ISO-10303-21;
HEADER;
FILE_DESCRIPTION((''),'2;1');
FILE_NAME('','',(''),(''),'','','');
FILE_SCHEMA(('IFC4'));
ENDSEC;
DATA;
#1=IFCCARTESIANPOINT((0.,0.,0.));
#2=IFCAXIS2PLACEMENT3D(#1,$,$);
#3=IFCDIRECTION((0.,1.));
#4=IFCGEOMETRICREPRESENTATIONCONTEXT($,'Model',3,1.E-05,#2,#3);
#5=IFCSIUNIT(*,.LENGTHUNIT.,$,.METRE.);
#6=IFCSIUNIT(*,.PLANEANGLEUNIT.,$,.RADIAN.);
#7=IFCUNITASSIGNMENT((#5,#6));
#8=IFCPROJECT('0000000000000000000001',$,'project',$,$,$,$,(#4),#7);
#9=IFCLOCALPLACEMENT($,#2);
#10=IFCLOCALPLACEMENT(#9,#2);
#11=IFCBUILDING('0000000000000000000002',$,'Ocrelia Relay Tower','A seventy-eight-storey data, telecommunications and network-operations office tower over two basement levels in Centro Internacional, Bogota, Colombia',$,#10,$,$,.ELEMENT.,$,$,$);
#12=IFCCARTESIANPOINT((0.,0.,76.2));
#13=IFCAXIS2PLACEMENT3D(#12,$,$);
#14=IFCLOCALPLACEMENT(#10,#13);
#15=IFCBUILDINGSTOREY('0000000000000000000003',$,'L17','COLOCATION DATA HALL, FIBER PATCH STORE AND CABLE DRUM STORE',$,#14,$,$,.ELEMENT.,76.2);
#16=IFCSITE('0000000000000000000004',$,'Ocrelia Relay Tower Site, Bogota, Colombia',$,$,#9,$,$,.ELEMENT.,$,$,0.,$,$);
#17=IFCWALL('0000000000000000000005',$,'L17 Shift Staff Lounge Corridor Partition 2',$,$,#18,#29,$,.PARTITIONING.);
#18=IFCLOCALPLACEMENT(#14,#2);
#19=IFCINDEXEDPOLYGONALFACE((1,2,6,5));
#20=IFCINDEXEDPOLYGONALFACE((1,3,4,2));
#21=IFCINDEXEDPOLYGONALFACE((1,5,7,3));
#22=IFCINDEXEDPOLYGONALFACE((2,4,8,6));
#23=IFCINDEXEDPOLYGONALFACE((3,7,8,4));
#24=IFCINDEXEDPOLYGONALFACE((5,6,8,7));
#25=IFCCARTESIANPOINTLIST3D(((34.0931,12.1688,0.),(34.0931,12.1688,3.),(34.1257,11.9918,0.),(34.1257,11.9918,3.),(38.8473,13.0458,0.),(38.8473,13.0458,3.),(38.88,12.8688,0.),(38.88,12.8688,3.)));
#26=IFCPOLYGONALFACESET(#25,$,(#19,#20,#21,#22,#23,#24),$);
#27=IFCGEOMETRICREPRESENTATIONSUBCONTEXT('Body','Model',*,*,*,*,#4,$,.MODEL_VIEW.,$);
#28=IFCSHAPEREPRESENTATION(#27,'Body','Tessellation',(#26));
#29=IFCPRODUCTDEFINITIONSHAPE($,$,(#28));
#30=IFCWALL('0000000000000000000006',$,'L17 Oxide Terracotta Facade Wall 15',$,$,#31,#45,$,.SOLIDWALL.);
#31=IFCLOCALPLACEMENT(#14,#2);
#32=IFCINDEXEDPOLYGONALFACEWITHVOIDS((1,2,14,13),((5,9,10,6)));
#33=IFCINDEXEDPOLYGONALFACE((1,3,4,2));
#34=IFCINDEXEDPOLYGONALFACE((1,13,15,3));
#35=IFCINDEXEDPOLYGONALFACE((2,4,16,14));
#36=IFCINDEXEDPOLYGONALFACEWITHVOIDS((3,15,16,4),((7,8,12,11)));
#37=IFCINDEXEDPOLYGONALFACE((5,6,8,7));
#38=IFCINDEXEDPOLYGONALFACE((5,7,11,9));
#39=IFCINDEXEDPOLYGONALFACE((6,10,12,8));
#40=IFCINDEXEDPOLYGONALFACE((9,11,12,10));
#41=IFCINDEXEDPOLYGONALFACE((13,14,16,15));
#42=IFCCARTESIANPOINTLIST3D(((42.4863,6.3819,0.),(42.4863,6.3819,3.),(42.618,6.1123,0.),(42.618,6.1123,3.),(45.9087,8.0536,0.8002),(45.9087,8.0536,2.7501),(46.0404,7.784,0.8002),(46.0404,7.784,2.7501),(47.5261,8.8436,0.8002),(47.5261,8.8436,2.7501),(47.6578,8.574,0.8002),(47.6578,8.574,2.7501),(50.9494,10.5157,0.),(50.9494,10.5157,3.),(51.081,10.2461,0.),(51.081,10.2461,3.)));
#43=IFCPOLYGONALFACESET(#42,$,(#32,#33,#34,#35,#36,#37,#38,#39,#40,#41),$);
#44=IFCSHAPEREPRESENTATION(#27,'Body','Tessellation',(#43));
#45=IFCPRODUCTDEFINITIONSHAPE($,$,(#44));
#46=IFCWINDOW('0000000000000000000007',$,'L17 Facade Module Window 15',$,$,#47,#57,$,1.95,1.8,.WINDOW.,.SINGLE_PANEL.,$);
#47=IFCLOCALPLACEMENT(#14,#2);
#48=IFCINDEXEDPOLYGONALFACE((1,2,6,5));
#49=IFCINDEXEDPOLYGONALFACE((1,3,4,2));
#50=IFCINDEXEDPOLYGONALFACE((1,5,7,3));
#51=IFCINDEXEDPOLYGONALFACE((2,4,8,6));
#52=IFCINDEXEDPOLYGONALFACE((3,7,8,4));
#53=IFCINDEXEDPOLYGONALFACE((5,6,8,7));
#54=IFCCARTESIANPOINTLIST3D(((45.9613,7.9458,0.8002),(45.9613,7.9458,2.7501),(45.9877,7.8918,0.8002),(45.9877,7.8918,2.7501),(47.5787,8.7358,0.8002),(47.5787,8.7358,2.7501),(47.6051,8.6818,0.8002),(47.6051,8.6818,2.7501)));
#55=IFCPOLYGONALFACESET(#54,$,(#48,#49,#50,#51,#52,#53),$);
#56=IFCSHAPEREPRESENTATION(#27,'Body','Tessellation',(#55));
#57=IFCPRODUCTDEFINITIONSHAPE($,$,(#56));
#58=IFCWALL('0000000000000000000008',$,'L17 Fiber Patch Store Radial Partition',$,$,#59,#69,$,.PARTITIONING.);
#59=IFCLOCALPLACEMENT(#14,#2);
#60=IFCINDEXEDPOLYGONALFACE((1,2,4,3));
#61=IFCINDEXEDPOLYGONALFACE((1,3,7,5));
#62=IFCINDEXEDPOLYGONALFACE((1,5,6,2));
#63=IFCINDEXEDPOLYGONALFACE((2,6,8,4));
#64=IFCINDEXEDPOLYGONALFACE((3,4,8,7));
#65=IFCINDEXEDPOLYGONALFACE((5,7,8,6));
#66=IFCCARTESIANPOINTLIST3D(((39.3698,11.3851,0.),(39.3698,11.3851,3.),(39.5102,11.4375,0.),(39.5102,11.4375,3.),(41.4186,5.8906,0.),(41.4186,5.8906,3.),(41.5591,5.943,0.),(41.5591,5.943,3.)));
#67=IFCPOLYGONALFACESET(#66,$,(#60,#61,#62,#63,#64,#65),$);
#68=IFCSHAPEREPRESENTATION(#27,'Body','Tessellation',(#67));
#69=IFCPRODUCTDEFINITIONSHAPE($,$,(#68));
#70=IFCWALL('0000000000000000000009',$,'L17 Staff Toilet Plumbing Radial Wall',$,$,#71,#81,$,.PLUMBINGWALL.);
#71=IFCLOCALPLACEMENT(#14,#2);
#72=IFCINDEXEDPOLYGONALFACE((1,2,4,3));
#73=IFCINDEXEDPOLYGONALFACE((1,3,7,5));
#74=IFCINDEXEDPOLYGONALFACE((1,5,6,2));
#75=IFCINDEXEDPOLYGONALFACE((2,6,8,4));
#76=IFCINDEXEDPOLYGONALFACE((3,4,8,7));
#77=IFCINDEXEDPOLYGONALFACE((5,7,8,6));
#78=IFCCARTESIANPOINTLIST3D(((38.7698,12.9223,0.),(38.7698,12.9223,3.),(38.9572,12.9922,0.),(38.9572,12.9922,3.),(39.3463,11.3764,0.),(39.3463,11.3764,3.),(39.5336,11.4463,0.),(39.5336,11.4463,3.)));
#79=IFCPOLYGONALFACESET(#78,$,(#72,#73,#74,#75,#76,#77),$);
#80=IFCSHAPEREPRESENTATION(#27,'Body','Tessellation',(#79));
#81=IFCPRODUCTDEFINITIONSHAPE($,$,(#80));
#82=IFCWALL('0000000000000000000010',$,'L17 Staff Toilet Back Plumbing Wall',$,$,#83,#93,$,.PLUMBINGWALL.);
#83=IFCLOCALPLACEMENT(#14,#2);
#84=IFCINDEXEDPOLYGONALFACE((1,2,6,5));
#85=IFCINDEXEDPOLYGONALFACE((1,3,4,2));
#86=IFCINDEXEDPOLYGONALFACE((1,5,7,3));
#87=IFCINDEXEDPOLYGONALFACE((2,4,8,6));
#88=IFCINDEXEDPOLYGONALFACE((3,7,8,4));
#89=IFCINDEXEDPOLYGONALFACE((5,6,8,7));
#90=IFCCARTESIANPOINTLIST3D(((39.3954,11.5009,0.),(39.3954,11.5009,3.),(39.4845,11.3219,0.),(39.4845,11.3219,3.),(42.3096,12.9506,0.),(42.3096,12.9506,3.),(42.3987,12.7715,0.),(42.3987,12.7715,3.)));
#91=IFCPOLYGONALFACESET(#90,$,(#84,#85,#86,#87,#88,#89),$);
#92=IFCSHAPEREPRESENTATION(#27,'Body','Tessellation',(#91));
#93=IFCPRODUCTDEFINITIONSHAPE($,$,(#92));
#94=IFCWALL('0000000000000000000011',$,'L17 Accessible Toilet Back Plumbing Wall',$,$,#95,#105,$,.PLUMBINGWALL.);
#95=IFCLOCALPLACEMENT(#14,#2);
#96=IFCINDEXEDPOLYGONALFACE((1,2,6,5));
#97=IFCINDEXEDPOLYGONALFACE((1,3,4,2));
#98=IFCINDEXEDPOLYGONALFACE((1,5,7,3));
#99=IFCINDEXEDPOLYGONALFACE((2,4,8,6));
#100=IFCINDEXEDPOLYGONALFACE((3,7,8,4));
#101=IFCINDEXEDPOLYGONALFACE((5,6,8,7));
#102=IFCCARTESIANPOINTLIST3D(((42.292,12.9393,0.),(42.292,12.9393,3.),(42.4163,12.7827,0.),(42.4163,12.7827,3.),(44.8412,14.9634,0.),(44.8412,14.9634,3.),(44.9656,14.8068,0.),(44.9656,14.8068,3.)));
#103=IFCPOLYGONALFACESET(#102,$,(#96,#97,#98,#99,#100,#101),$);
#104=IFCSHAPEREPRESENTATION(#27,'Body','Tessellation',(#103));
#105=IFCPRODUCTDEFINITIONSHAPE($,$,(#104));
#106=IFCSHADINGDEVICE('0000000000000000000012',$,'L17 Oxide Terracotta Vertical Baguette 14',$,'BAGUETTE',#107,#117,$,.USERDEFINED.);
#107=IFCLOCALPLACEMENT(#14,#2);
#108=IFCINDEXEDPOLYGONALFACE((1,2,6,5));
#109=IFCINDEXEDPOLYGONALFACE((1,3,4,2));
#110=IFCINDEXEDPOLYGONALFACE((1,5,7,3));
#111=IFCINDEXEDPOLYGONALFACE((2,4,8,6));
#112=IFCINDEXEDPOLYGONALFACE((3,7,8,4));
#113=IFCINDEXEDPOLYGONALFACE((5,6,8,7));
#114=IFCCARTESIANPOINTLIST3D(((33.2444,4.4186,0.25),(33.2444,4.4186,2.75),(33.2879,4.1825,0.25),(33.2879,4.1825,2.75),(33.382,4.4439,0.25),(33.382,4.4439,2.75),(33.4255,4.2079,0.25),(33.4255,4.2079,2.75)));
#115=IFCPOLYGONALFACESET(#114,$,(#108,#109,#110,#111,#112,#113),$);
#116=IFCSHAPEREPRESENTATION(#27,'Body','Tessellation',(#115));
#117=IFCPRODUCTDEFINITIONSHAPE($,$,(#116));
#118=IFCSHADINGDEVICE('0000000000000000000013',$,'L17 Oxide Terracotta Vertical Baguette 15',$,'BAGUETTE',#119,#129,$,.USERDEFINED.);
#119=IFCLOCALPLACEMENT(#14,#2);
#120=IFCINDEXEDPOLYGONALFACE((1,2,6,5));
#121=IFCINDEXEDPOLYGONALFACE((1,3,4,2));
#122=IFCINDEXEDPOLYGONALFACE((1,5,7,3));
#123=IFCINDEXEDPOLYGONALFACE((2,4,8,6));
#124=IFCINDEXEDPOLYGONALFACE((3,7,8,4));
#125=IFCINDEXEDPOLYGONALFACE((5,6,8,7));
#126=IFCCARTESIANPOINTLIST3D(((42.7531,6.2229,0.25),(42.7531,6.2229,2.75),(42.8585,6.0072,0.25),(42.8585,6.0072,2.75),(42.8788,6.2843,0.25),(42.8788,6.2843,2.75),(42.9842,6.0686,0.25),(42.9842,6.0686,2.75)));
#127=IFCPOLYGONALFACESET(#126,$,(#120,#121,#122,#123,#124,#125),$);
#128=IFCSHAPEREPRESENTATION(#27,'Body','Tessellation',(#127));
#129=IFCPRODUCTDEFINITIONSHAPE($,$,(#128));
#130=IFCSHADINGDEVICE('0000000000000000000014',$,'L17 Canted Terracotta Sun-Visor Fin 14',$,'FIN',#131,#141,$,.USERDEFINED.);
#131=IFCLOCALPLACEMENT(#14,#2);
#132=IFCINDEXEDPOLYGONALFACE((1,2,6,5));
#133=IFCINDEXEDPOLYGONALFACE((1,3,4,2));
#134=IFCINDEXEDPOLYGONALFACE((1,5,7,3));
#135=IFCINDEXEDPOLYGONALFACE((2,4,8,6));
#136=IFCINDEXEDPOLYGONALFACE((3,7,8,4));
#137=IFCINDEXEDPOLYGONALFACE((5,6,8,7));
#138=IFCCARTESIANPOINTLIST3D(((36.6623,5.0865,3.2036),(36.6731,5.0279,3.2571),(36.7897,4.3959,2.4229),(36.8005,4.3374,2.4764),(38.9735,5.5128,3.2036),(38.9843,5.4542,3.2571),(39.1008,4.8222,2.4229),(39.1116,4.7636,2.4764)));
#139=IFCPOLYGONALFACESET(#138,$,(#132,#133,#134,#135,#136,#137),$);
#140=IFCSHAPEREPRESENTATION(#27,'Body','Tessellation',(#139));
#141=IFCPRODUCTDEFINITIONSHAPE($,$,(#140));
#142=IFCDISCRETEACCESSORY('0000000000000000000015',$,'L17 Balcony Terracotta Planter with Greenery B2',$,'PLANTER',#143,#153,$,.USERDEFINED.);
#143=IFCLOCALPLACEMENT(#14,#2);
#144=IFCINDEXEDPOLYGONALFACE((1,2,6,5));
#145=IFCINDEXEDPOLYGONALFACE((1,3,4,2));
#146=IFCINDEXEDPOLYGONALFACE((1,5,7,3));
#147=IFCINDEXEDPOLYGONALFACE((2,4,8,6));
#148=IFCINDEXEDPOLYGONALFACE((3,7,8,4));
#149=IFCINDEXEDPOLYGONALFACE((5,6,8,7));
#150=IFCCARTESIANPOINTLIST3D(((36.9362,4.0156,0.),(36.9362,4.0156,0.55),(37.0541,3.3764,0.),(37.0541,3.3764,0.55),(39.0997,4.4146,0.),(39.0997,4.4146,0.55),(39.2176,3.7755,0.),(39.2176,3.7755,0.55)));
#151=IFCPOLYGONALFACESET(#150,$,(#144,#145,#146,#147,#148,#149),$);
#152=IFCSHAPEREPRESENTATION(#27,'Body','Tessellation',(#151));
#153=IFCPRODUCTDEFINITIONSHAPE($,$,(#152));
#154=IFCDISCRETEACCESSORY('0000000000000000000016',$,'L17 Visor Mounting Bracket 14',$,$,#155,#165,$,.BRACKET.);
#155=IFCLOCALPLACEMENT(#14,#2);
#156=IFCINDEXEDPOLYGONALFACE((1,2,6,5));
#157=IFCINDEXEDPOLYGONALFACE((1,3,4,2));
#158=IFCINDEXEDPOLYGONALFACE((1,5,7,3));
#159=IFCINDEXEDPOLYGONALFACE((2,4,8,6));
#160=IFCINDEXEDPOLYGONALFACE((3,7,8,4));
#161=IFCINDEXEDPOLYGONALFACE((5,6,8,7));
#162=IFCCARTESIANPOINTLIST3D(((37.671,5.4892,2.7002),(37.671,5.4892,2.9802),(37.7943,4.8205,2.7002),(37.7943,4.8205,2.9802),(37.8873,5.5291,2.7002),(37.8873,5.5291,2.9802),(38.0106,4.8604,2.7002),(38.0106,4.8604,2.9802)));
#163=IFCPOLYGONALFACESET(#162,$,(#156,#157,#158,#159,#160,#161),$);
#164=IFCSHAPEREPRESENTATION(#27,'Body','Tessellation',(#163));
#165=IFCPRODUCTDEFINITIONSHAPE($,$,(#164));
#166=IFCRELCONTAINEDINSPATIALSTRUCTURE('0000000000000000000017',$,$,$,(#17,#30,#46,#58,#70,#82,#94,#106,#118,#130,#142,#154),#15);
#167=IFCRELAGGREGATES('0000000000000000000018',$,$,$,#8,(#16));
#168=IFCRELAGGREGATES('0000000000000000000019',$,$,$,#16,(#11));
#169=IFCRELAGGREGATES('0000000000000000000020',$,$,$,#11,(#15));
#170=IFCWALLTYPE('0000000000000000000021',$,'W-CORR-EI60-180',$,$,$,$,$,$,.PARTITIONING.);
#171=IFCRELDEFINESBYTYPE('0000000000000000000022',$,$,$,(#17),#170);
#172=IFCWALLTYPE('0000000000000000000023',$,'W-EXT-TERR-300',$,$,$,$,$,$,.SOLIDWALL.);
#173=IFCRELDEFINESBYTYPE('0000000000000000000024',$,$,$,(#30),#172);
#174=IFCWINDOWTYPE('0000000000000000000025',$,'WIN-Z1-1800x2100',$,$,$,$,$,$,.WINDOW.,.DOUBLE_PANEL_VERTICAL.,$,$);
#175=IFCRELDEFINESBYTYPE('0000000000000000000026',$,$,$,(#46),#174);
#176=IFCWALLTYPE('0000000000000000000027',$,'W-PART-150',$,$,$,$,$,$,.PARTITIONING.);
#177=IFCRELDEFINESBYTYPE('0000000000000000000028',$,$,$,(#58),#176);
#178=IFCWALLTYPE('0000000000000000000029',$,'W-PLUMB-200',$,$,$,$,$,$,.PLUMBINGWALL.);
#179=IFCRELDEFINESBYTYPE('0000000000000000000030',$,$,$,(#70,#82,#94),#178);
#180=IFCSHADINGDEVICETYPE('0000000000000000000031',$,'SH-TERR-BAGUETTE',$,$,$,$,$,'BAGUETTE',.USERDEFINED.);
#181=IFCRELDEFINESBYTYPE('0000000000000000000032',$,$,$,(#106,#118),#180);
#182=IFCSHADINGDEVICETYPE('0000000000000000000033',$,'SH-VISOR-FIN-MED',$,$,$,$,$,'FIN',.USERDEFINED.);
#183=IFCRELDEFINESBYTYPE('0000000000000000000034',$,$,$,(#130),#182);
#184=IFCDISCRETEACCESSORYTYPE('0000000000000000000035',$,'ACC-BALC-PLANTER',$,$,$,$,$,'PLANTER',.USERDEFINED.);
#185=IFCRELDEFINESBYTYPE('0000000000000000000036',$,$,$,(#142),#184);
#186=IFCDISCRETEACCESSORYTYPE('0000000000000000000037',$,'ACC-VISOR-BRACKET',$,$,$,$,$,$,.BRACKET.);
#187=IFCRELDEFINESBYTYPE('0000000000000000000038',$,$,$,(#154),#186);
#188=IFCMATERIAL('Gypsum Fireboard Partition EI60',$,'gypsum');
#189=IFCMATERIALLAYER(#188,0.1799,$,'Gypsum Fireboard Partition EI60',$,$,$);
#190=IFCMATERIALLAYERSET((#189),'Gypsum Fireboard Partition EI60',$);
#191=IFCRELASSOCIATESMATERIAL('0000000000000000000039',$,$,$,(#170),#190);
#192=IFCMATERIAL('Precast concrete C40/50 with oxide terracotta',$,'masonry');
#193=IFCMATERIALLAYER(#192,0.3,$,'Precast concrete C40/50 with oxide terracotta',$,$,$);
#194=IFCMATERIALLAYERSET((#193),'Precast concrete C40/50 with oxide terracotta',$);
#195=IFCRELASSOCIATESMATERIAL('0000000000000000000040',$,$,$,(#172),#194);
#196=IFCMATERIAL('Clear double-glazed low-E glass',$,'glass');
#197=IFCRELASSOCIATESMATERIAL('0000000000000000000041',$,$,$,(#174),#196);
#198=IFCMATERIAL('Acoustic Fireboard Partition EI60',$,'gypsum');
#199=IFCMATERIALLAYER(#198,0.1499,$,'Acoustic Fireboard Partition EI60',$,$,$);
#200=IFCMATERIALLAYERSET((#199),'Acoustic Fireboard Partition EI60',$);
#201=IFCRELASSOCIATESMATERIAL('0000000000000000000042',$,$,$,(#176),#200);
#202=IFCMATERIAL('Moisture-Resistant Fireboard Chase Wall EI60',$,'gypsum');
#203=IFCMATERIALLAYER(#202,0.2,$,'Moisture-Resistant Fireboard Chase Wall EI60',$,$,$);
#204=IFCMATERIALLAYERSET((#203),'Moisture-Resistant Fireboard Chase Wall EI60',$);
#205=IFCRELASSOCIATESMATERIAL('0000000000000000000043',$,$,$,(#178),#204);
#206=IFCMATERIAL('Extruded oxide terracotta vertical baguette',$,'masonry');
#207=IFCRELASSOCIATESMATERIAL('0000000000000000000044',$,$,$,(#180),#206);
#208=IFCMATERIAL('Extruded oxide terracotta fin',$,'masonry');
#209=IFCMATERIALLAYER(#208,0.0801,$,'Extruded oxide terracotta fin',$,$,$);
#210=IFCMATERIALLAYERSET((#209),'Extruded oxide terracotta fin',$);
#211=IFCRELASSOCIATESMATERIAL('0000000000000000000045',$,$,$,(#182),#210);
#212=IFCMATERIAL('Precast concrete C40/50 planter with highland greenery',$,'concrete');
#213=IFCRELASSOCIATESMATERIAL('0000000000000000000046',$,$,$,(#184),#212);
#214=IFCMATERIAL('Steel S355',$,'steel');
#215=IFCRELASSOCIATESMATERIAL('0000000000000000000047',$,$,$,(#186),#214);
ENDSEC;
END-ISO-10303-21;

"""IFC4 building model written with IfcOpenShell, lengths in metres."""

from ifc_helpers import new_model, si_unit, direction, frame, frame_2d, origin, origin_2d, place, context, subcontext, project, spatial, rectangle, extrude, material, layer, layer_set, type_object, element, fill, save


model = new_model("IFC4")

# Units and contexts
model_context = context("Model", 3, precision=1e-05, world=origin(), true_north=direction((0.0, 1.0)))
body_context = subcontext(model_context, "Body", "Model", "MODEL_VIEW")
ifc_project = project(units=[si_unit("LENGTHUNIT", "METRE"), si_unit("PLANEANGLEUNIT", "RADIAN")], contexts=[model_context])

# Site, building, storey
site_placement = place(None, origin())
site = spatial("IfcSite", under=ifc_project, at=site_placement, Name="Ocrelia Relay Tower Site, Bogota, Colombia", CompositionType="ELEMENT", RefElevation=0.0)
building_placement = place(site_placement, origin())
building = spatial("IfcBuilding", under=site, at=building_placement, Name="Ocrelia Relay Tower", Description="A seventy-eight-storey data, telecommunications and network-operations office tower over two basement levels in Centro Internacional, Bogota, Colombia", CompositionType="ELEMENT")
storey_placement = place(building_placement, frame((0.0, 0.0, 76.2)))
storey = spatial("IfcBuildingStorey", under=building, at=storey_placement, Name="L17", Description="COLOCATION DATA HALL, FIBER PATCH STORE AND CABLE DRUM STORE", CompositionType="ELEMENT", Elevation=76.2)

# Shared definitions
ifc_material_1 = material(Name="Steel S355", Category="steel")

# Shared definitions
ifc_material_2 = material(Name="Gypsum Fireboard Partition EI60", Category="gypsum")
ifc_layer_1 = layer(ifc_material_2, 0.1799, Name="Gypsum Fireboard Partition EI60")
ifc_layer_set_1 = layer_set([ifc_layer_1], Name="Gypsum Fireboard Partition EI60")
wall_type_1 = type_object("IfcWallType", Name="W-CORR-EI60-180", PredefinedType="PARTITIONING", material=ifc_layer_set_1)

# Wall
wall_1_placement = place(storey_placement, frame((34.1094, 12.0803, 0.0), z_axis=(0.0, 0.0, 1.0), x_axis=(0.983409, 0.1814, 0.0)))
element("IfcWall", 1, at=wall_1_placement, inside=storey, type_object=wall_type_1, Name="L17 Shift Staff Lounge Corridor Partition 2", PredefinedType="PARTITIONING", context=body_context, shape_type="SweptSolid", body=[
    extrude(rectangle(XDim=4.8345, YDim=0.1799, at=frame_2d((2.4172, 0.0))), origin(), (0.0, 0.0, 1.0), 3.0),
])

# Shared definitions
ifc_material_3 = material(Name="Precast concrete C40/50 with oxide terracotta", Category="masonry")
ifc_layer_2 = layer(ifc_material_3, 0.3, Name="Precast concrete C40/50 with oxide terracotta")
ifc_layer_set_2 = layer_set([ifc_layer_2], Name="Precast concrete C40/50 with oxide terracotta")
wall_type_2 = type_object("IfcWallType", Name="W-EXT-TERR-300", PredefinedType="SOLIDWALL", material=ifc_layer_set_2)

# Wall, opening, window
wall_2_placement = place(storey_placement, frame((42.552, 6.2471, 0.0), z_axis=(0.0, 0.0, 1.0), x_axis=(0.898541, 0.438889, 0.0)))
wall_2 = element("IfcWall", 2, at=wall_2_placement, inside=storey, type_object=wall_type_2, Name="L17 Oxide Terracotta Facade Wall 15", PredefinedType="SOLIDWALL", context=body_context, shape_type="SweptSolid", body=[
    extrude(rectangle(XDim=9.4187, YDim=0.3, at=frame_2d((4.7095, 0.0))), origin(), (0.0, 0.0, 1.0), 3.0),
])
opening_1_placement = place(wall_2_placement, frame((3.8091, 0.0, 0.8)))
opening_1 = element("IfcOpeningElement", 3, at=opening_1_placement, cuts=wall_2, PredefinedType="OPENING", context=body_context, shape_type="SweptSolid", body=[
    extrude(rectangle(XDim=1.8, YDim=1.95, at=frame_2d((0.8999, 0.9751))), frame((0.0, 0.1602, 0.0), z_axis=(0.0, -1.0, 0.0), x_axis=(1.0, 0.0, 0.0)), (0.0, 0.0, 1.0), 0.3201),
])
ifc_material_4 = material(Name="Clear double-glazed low-E glass", Category="glass")
window_type = type_object("IfcWindowType", Name="WIN-Z1-1800x2100", PartitioningType="DOUBLE_PANEL_VERTICAL", PredefinedType="WINDOW", material=ifc_material_4)
window_placement = place(opening_1_placement, origin())
window = element("IfcWindow", 4, at=window_placement, inside=storey, type_object=window_type, Name="L17 Facade Module Window 15", OverallHeight=1.95, OverallWidth=1.8, PartitioningType="SINGLE_PANEL", PredefinedType="WINDOW", context=body_context, shape_type="SweptSolid", body=[
    extrude(rectangle(XDim=1.8, YDim=1.95, at=frame_2d((0.8999, 0.9751))), frame((0.0, 0.03, 0.0), z_axis=(0.0, -1.0, 0.0), x_axis=(1.0, 0.0, 0.0)), (0.0, 0.0, 1.0), 0.0601),
])
fill(opening_1, window)

# Walls
ifc_material_5 = material(Name="Acoustic Fireboard Partition EI60", Category="gypsum")
ifc_layer_3 = layer(ifc_material_5, 0.1499, Name="Acoustic Fireboard Partition EI60")
ifc_layer_set_3 = layer_set([ifc_layer_3], Name="Acoustic Fireboard Partition EI60")
wall_type_3 = type_object("IfcWallType", Name="W-PART-150", PredefinedType="PARTITIONING", material=ifc_layer_set_3)
wall_3_placement = place(storey_placement, frame((39.4399, 11.4114, 0.0), z_axis=(0.0, 0.0, 1.0), x_axis=(0.349394, -0.936976, 0.0)))
element("IfcWall", 5, at=wall_3_placement, inside=storey, type_object=wall_type_3, Name="L17 Fiber Patch Store Radial Partition", PredefinedType="PARTITIONING", context=body_context, shape_type="SweptSolid", body=[
    extrude(rectangle(XDim=5.864, YDim=0.1499, at=frame_2d((2.9321, 0.0))), origin(), (0.0, 0.0, 1.0), 3.0),
])
ifc_material_6 = material(Name="Moisture-Resistant Fireboard Chase Wall EI60", Category="gypsum")
ifc_layer_4 = layer(ifc_material_6, 0.2, Name="Moisture-Resistant Fireboard Chase Wall EI60")
ifc_layer_set_4 = layer_set([ifc_layer_4], Name="Moisture-Resistant Fireboard Chase Wall EI60")
wall_type_4 = type_object("IfcWallType", Name="W-PLUMB-200", PredefinedType="PLUMBINGWALL", material=ifc_layer_set_4)
wall_4_placement = place(storey_placement, frame((38.8635, 12.9573, 0.0), z_axis=(0.0, 0.0, 1.0), x_axis=(0.349371, -0.936984, 0.0)))
element("IfcWall", 6, at=wall_4_placement, inside=storey, type_object=wall_type_4, Name="L17 Staff Toilet Plumbing Radial Wall", PredefinedType="PLUMBINGWALL", context=body_context, shape_type="SweptSolid", body=[
    extrude(rectangle(XDim=1.6499, YDim=0.2, at=frame_2d((0.825, 0.0))), origin(), (0.0, 0.0, 1.0), 3.0),
])
wall_5_placement = place(storey_placement, frame((39.4399, 11.4114, 0.0), z_axis=(0.0, 0.0, 1.0), x_axis=(0.89534, 0.445383, 0.0)))
element("IfcWall", 7, at=wall_5_placement, inside=storey, type_object=wall_type_4, Name="L17 Staff Toilet Back Plumbing Wall", PredefinedType="PLUMBINGWALL", context=body_context, shape_type="SweptSolid", body=[
    extrude(rectangle(XDim=3.2549, YDim=0.2, at=frame_2d((1.6274, 0.0))), origin(), (0.0, 0.0, 1.0), 3.0),
])
wall_6_placement = place(storey_placement, frame((42.3542, 12.8611, 0.0), z_axis=(0.0, 0.0, 1.0), x_axis=(0.783154, 0.621828, 0.0)))
element("IfcWall", 8, at=wall_6_placement, inside=storey, type_object=wall_type_4, Name="L17 Accessible Toilet Back Plumbing Wall", PredefinedType="PLUMBINGWALL", context=body_context, shape_type="SweptSolid", body=[
    extrude(rectangle(XDim=3.2551, YDim=0.2, at=frame_2d((1.6274, 0.0))), origin(), (0.0, 0.0, 1.0), 3.0),
])

# Shading devices
ifc_material_7 = material(Name="Extruded oxide terracotta vertical baguette", Category="masonry")
shading_device_type_1 = type_object("IfcShadingDeviceType", Name="SH-TERR-BAGUETTE", ElementType="BAGUETTE", PredefinedType="USERDEFINED", material=ifc_material_7)
for number, where, z_axis, x_axis, name in (
    (9, (33.335, 4.3132, 0.25), (0.0, 0.0, 1.0), (0.983413, 0.18138, 0.0), "L17 Oxide Terracotta Vertical Baguette 14"),
    (10, (42.8687, 6.1458, 0.25), (0.0, 0.0, 1.0), (0.898546, 0.438879, 0.0), "L17 Oxide Terracotta Vertical Baguette 15"),
):
    element("IfcShadingDevice", number, at=place(storey_placement, frame(where, z_axis=z_axis, x_axis=x_axis)), inside=storey, type_object=shading_device_type_1, Name=name, ObjectType="BAGUETTE", PredefinedType="USERDEFINED", context=body_context, shape_type="SweptSolid", body=[
        extrude(rectangle(XDim=0.1399, YDim=0.24, at=origin_2d()), origin(), (0.0, 0.0, 1.0), 2.5),
    ])
ifc_material_8 = material(Name="Extruded oxide terracotta fin", Category="masonry")
ifc_layer_5 = layer(ifc_material_8, 0.0801, Name="Extruded oxide terracotta fin")
ifc_layer_set_5 = layer_set([ifc_layer_5], Name="Extruded oxide terracotta fin")
shading_device_type_2 = type_object("IfcShadingDeviceType", Name="SH-VISOR-FIN-MED", ElementType="FIN", PredefinedType="USERDEFINED", material=ifc_layer_set_5)
shading_device_placement = place(storey_placement, frame((37.8816, 4.9543, 2.8132), z_axis=(0.134855, -0.731163, 0.668741), x_axis=(0.983413, 0.18138, 0.0)))
element("IfcShadingDevice", 11, at=shading_device_placement, inside=storey, type_object=shading_device_type_2, Name="L17 Canted Terracotta Sun-Visor Fin 14", ObjectType="FIN", PredefinedType="USERDEFINED", context=body_context, shape_type="SweptSolid", body=[
    extrude(rectangle(XDim=2.3501, YDim=1.05, at=origin_2d()), origin(), (0.0, 0.0, 1.0), 0.0801),
])

# Discrete accessories
ifc_material_9 = material(Name="Precast concrete C40/50 planter with highland greenery", Category="concrete")
discrete_accessory_type_1 = type_object("IfcDiscreteAccessoryType", Name="ACC-BALC-PLANTER", ElementType="PLANTER", PredefinedType="USERDEFINED", material=ifc_material_9)
discrete_accessory_1_placement = place(storey_placement, frame((38.0769, 3.8955, 0.0), z_axis=(0.0, 0.0, 1.0), x_axis=(-0.983413, -0.181381, 0.0)))
element("IfcDiscreteAccessory", 12, at=discrete_accessory_1_placement, inside=storey, type_object=discrete_accessory_type_1, Name="L17 Balcony Terracotta Planter with Greenery B2", ObjectType="PLANTER", PredefinedType="USERDEFINED", context=body_context, shape_type="SweptSolid", body=[
    extrude(rectangle(XDim=2.2, YDim=0.6499, at=origin_2d()), origin(), (0.0, 0.0, 1.0), 0.55),
])
discrete_accessory_type_2 = type_object("IfcDiscreteAccessoryType", Name="ACC-VISOR-BRACKET", PredefinedType="BRACKET", material=ifc_material_1)
discrete_accessory_2_placement = place(storey_placement, frame((37.8408, 5.1748, 2.7002), z_axis=(0.0, 0.0, 1.0), x_axis=(0.983413, 0.18138, 0.0)))
element("IfcDiscreteAccessory", 13, at=discrete_accessory_2_placement, inside=storey, type_object=discrete_accessory_type_2, Name="L17 Visor Mounting Bracket 14", PredefinedType="BRACKET", context=body_context, shape_type="SweptSolid", body=[
    extrude(rectangle(XDim=0.22, YDim=0.6799, at=origin_2d()), origin(), (0.0, 0.0, 1.0), 0.28),
])

save(model, "model.ifc")
